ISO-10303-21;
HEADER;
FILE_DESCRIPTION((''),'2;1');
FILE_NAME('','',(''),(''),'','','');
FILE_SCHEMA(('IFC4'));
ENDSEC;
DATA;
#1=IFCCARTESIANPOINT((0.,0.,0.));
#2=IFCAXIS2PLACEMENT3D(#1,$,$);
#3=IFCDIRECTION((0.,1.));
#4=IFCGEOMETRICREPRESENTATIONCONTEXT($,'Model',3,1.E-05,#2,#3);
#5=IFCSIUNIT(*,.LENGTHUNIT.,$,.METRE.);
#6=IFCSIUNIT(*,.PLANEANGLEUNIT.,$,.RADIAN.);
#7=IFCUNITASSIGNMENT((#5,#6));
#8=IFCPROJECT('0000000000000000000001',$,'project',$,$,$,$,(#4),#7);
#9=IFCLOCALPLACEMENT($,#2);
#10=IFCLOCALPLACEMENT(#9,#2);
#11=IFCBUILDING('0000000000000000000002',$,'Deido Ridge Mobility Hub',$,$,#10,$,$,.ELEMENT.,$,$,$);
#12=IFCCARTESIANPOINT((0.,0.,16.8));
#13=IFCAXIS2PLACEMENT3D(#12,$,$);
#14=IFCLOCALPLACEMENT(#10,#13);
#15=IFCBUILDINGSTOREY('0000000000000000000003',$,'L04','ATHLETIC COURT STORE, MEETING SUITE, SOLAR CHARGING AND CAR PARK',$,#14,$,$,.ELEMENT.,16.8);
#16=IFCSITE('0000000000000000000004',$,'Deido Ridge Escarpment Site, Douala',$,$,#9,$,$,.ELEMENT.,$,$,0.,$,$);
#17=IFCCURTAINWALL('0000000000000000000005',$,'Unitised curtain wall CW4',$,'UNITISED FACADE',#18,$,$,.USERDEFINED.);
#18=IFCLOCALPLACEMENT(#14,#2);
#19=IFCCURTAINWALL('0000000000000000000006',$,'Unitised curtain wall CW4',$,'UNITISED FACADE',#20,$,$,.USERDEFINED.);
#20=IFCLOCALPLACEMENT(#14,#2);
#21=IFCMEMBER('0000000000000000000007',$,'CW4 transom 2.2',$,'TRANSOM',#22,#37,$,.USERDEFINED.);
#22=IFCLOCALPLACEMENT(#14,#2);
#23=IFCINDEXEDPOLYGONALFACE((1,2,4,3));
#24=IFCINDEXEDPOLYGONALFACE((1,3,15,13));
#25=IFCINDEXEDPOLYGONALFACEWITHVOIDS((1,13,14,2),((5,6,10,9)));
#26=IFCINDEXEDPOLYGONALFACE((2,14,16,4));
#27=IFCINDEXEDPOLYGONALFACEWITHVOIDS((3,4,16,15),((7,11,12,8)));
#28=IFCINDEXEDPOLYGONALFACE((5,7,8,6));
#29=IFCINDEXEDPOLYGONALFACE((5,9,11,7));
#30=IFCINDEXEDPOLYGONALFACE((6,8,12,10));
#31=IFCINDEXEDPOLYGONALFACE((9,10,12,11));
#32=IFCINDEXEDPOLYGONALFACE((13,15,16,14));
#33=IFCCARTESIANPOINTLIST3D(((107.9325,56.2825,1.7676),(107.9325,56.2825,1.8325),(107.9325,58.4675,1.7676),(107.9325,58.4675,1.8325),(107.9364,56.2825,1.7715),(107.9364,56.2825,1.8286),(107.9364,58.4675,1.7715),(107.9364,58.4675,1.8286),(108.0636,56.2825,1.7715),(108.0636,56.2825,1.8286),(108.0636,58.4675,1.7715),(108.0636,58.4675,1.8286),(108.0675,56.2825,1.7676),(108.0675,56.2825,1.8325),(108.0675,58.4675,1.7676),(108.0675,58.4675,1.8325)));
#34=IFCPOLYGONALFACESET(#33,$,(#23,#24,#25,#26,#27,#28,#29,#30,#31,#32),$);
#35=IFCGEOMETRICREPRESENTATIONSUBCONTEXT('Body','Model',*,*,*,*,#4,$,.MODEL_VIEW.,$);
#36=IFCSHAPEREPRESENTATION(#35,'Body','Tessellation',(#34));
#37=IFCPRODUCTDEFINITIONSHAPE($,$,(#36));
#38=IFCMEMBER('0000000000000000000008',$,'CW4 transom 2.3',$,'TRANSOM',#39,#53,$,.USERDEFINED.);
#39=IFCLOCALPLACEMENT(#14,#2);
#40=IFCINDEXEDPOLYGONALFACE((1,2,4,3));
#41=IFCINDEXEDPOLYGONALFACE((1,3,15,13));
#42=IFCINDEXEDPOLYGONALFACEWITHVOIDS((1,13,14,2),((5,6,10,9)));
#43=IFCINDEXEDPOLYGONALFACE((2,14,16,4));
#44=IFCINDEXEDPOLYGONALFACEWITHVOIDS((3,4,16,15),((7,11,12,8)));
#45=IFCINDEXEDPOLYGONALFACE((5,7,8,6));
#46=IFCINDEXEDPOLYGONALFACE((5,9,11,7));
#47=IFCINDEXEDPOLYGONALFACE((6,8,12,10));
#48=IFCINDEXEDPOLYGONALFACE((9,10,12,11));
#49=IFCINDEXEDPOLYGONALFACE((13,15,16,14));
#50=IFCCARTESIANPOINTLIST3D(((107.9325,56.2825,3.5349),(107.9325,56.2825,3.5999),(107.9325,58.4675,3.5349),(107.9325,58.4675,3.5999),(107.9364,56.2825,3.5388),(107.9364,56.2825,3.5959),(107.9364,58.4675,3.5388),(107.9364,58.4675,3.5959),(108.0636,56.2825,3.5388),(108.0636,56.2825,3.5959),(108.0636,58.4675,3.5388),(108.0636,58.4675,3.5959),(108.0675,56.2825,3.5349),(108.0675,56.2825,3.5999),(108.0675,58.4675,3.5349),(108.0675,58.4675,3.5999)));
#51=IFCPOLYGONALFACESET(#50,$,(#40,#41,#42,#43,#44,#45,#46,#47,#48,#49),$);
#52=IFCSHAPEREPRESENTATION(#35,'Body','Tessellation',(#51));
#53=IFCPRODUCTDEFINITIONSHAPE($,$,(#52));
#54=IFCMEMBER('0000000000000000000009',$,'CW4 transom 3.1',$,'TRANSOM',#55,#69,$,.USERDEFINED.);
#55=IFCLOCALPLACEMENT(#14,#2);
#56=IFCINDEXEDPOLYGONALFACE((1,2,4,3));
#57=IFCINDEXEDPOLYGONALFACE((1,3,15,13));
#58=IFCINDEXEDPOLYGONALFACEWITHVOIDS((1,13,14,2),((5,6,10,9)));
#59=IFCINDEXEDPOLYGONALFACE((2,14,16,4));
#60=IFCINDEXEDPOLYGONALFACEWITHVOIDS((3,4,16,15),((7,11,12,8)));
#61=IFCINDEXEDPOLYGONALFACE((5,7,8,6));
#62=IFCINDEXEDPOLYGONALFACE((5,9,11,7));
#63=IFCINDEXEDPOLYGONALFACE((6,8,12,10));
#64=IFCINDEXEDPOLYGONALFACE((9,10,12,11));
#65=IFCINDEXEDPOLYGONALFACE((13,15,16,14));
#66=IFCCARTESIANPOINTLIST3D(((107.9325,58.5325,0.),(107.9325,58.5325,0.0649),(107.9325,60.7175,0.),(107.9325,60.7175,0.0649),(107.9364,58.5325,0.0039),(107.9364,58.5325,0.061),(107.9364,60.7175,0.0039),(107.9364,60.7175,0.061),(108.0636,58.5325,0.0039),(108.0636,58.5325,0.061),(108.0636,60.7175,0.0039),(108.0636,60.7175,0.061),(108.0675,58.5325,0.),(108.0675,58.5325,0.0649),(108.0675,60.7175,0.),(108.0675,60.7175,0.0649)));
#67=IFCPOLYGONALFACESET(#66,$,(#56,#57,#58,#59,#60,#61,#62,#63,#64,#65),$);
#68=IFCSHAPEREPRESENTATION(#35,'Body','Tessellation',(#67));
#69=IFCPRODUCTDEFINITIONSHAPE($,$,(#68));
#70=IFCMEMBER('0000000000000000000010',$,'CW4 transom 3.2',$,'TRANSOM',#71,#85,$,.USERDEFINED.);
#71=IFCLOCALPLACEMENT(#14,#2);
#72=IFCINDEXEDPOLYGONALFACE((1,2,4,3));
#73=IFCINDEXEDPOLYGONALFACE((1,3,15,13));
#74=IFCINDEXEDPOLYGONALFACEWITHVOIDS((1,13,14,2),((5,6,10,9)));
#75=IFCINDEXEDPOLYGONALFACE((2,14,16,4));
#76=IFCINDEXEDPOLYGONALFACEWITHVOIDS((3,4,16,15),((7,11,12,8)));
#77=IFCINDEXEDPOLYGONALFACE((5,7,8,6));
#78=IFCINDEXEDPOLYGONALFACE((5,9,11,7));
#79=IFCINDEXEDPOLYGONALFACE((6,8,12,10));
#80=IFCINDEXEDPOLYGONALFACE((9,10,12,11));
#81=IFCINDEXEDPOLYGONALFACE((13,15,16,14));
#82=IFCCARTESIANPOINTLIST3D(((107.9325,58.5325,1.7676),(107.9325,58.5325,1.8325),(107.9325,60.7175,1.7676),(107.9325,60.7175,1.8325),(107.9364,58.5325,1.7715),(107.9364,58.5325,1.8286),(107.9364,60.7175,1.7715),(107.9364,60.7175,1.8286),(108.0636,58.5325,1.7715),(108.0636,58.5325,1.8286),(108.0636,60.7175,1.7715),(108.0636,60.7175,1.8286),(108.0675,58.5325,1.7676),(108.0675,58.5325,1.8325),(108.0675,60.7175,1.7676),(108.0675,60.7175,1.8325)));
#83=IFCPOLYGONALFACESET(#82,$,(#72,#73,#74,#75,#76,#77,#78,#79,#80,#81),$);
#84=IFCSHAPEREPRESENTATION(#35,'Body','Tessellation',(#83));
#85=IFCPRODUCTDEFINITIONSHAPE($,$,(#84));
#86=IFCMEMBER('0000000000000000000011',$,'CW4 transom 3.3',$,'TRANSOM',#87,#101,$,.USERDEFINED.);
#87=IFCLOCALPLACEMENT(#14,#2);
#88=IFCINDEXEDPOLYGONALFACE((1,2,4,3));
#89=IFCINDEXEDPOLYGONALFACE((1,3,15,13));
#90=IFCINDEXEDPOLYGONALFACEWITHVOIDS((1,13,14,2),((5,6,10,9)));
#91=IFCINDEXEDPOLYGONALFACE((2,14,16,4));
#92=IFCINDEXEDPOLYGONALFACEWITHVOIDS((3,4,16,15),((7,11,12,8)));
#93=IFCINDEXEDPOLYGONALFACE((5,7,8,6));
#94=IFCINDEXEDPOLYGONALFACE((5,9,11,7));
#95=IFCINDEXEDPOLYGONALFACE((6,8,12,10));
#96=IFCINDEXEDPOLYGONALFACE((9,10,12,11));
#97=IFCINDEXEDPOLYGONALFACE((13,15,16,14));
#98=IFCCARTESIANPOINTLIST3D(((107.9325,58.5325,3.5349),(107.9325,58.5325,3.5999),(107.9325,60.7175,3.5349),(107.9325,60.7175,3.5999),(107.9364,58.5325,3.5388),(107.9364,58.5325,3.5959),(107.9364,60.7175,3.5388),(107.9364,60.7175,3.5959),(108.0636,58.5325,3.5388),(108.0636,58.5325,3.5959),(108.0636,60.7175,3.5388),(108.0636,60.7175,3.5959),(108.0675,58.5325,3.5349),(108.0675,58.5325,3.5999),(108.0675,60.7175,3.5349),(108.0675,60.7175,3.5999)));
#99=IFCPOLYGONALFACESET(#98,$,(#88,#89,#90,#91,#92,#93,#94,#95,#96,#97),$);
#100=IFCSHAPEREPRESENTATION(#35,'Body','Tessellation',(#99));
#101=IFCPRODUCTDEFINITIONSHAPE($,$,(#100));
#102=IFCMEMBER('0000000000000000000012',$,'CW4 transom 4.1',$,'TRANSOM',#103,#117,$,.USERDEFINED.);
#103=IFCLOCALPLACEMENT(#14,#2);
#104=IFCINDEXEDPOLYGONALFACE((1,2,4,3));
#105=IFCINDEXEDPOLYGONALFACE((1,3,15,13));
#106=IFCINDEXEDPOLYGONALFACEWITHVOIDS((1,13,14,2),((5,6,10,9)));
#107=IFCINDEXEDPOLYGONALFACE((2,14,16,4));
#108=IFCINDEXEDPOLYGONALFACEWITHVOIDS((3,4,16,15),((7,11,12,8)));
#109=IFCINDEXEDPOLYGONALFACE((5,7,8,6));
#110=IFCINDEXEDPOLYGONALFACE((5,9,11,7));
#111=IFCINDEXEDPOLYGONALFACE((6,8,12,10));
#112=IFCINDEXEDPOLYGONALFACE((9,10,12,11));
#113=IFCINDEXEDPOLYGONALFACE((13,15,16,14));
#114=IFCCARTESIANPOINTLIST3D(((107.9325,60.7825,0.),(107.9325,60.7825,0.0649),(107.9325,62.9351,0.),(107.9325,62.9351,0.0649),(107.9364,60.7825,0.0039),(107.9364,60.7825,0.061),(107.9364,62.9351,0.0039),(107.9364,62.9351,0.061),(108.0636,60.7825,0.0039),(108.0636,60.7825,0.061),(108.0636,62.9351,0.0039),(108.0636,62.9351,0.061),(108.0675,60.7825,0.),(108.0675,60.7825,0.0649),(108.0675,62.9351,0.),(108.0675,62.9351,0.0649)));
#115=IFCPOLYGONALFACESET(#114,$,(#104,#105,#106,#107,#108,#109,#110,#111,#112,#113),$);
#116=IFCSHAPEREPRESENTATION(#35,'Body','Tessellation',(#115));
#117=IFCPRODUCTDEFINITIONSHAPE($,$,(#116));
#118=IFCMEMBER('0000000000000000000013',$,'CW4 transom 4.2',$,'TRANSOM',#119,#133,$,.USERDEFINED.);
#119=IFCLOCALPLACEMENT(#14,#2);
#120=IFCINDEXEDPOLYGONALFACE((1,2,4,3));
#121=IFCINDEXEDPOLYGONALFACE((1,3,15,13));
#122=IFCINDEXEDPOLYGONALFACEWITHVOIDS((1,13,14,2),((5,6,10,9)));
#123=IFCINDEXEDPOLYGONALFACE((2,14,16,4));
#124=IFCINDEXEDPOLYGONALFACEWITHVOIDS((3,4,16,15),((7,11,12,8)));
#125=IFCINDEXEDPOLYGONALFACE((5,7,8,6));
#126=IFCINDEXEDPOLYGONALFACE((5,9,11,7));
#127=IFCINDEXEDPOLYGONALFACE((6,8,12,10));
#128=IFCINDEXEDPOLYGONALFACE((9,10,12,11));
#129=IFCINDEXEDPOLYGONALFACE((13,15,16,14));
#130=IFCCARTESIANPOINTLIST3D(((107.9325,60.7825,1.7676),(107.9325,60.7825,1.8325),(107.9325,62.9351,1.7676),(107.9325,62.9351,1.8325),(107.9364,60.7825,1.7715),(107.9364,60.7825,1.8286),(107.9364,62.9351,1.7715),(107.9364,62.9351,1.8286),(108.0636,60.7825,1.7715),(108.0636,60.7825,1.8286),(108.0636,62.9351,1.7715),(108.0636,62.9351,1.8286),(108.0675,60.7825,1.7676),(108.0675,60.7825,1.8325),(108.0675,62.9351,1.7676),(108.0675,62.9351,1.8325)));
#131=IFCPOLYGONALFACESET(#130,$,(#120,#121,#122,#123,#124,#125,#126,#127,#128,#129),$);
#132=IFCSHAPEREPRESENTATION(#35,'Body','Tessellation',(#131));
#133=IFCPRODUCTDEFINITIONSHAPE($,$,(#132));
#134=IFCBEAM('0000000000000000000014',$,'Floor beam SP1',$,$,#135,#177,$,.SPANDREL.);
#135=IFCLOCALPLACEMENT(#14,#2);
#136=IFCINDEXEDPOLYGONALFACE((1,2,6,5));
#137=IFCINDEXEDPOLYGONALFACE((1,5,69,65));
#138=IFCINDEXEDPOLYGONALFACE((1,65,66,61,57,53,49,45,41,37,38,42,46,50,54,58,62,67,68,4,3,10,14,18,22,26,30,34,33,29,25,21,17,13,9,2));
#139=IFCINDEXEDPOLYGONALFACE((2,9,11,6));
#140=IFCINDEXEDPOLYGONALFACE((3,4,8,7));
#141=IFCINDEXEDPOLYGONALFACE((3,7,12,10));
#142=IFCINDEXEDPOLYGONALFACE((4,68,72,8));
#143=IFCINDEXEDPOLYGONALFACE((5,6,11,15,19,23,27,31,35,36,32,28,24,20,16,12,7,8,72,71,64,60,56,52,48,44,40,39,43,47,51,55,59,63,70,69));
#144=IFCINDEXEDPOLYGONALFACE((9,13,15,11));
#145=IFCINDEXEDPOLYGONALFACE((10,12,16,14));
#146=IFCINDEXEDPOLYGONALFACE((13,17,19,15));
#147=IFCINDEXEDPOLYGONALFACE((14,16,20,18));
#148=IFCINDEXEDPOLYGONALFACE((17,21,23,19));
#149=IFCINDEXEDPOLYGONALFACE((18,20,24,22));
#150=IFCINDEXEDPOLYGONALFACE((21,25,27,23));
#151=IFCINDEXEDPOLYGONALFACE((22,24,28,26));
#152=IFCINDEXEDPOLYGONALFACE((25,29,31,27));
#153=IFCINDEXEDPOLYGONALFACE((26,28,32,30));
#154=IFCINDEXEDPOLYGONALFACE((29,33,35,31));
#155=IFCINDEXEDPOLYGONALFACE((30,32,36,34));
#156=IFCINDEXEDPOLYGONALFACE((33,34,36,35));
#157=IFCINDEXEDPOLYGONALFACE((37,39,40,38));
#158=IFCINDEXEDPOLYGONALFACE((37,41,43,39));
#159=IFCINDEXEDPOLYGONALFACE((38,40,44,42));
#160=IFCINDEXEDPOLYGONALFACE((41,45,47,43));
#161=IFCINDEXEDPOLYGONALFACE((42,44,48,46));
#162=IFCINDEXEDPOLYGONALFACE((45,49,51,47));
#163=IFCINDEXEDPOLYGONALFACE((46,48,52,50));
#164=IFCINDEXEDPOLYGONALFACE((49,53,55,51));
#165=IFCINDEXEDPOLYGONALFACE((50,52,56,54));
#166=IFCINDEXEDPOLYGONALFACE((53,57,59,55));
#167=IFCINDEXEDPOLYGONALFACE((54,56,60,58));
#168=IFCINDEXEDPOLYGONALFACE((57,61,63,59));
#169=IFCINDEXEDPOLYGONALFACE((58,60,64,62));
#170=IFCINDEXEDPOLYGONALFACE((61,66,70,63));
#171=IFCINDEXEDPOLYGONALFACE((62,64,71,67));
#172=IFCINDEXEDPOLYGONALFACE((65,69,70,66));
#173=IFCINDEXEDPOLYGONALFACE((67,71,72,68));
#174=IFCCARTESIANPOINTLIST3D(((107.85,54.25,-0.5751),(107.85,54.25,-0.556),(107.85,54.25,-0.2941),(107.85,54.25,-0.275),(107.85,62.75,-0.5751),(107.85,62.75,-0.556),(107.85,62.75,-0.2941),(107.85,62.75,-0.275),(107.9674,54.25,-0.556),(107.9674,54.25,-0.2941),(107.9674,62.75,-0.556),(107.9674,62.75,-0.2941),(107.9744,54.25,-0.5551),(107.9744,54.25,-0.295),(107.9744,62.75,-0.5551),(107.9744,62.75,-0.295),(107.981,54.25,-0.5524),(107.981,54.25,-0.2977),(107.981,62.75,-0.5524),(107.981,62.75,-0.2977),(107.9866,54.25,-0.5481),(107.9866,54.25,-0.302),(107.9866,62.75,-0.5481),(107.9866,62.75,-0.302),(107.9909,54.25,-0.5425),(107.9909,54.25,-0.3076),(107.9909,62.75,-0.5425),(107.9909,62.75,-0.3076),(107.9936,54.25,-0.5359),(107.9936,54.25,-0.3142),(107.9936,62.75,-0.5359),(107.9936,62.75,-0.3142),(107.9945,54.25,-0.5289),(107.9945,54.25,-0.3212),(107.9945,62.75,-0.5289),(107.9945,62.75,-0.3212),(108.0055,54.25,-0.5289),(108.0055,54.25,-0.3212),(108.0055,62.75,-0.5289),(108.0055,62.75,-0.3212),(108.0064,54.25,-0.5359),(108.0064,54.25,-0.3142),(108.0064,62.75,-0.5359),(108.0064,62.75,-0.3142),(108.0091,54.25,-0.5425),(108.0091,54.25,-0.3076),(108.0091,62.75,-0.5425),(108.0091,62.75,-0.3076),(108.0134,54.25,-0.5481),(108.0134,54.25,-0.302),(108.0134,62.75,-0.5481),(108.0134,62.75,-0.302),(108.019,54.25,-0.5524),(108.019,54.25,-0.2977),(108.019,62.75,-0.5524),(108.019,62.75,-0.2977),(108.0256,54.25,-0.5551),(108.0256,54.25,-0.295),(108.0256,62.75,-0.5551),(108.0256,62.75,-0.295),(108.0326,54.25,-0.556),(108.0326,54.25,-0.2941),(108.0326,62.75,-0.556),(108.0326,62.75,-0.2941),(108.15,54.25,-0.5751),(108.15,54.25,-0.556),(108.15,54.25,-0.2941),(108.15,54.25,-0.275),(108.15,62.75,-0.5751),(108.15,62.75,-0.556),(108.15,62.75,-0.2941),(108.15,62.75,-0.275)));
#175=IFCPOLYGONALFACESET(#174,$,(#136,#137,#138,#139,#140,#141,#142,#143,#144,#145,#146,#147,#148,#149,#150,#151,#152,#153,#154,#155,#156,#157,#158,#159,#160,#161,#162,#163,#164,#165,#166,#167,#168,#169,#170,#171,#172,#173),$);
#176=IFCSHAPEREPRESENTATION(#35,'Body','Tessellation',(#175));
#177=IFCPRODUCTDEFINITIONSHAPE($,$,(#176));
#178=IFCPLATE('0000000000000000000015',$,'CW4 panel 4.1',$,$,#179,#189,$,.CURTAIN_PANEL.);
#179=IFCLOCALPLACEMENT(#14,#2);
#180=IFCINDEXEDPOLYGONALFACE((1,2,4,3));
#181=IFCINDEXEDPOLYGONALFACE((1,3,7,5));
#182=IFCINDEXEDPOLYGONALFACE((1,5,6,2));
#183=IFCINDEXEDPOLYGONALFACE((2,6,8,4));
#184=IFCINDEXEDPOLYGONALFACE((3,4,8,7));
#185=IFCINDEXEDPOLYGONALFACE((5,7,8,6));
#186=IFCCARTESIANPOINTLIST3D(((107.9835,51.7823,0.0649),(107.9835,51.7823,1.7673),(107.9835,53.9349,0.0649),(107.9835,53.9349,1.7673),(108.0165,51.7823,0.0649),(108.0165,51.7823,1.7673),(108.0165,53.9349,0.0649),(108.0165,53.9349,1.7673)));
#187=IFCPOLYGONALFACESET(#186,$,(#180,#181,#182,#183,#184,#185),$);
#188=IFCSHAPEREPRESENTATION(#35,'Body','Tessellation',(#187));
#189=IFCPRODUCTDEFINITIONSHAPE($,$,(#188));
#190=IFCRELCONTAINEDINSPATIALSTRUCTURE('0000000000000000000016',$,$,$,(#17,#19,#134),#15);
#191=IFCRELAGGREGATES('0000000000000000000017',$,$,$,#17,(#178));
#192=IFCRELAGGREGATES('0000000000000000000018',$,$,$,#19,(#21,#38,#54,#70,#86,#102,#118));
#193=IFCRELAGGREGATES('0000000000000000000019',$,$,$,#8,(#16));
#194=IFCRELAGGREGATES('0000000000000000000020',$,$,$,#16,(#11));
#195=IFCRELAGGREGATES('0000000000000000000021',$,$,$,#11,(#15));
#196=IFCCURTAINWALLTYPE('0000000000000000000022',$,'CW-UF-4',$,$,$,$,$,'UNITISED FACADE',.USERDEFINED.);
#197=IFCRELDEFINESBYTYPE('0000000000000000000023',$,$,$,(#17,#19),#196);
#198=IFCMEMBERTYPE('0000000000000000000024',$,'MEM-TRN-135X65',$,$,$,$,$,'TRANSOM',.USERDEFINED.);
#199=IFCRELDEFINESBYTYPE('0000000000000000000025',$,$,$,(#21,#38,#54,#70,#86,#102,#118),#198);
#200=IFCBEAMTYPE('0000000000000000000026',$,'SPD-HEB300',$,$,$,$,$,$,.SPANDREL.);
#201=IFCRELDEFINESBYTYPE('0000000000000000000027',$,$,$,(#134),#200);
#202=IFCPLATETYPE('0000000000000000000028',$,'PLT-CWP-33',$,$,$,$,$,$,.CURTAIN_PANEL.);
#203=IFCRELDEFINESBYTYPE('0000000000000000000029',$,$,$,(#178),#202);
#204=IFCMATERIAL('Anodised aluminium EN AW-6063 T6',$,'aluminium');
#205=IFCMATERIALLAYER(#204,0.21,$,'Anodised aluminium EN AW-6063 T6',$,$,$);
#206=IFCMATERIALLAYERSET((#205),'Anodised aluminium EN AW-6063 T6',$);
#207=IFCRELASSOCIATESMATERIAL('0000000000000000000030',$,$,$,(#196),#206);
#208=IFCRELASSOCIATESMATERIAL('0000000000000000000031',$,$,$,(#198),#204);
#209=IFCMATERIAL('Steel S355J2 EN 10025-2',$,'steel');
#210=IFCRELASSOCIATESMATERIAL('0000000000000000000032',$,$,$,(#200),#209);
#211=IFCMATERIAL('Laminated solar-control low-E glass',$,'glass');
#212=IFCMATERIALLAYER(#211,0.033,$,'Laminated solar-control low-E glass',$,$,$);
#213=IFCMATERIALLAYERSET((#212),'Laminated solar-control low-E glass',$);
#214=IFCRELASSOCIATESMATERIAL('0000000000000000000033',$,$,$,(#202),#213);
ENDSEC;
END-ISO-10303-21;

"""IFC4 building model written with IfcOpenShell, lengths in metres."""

from ifc_helpers import new_model, si_unit, direction, frame, origin, origin_2d, place, context, subcontext, project, spatial, rectangle, hollow_rectangle, i_section, extrude, material, layer, layer_set, material_profile, profile_set, type_object, element, aggregate, save


model = new_model("IFC4")

# Units and contexts
model_context = context("Model", 3, precision=1e-05, world=origin(), true_north=direction((0.0, 1.0)))
body_context = subcontext(model_context, "Body", "Model", "MODEL_VIEW")
ifc_project = project(units=[si_unit("LENGTHUNIT", "METRE"), si_unit("PLANEANGLEUNIT", "RADIAN")], contexts=[model_context])

# Site, building, storey
site_placement = place(None, origin())
site = spatial("IfcSite", under=ifc_project, at=site_placement, Name="Deido Ridge Escarpment Site, Douala", CompositionType="ELEMENT", RefElevation=0.0)
building_placement = place(site_placement, origin())
building = spatial("IfcBuilding", under=site, at=building_placement, Name="Deido Ridge Mobility Hub", CompositionType="ELEMENT")
storey_placement = place(building_placement, frame((0.0, 0.0, 16.8)))
storey = spatial("IfcBuildingStorey", under=building, at=storey_placement, Name="L04", Description="ATHLETIC COURT STORE, MEETING SUITE, SOLAR CHARGING AND CAR PARK", CompositionType="ELEMENT", Elevation=16.8)

# Curtain wall
ifc_material_1 = material(Name="Anodised aluminium EN AW-6063 T6", Category="aluminium")
ifc_layer_1 = layer(ifc_material_1, 0.21, Name="Anodised aluminium EN AW-6063 T6")
ifc_layer_set_1 = layer_set([ifc_layer_1], Name="Anodised aluminium EN AW-6063 T6")
curtain_wall_type = type_object("IfcCurtainWallType", Name="CW-UF-4", ElementType="UNITISED FACADE", PredefinedType="USERDEFINED", material=ifc_layer_set_1)
curtain_wall_1_placement = place(storey_placement, origin())
curtain_wall_1 = element("IfcCurtainWall", 1, at=curtain_wall_1_placement, inside=storey, type_object=curtain_wall_type, Name="Unitised curtain wall CW4", ObjectType="UNITISED FACADE", PredefinedType="USERDEFINED")

# Curtain wall
curtain_wall_2_placement = place(storey_placement, origin())
curtain_wall_2 = element("IfcCurtainWall", 2, at=curtain_wall_2_placement, inside=storey, type_object=curtain_wall_type, Name="Unitised curtain wall CW4", ObjectType="UNITISED FACADE", PredefinedType="USERDEFINED")

# Members
ifc_material_profile_1 = material_profile(ifc_material_1, hollow_rectangle(XDim=0.135, YDim=0.0649, WallThickness=0.0039, at=origin_2d()), Name="RHS 135x65x4")
ifc_profile_set_1 = profile_set([ifc_material_profile_1], Name="Anodised aluminium EN AW-6063 T6")
member_type_1 = type_object("IfcMemberType", Name="MEM-TRN-135X65", ElementType="TRANSOM", PredefinedType="USERDEFINED", material=ifc_profile_set_1)
member_1_placement = place(storey_placement, frame((108.0, 56.2825, 1.8), z_axis=(0.0, 1.0, 0.0), x_axis=(-1.0, 0.0, 0.0)))
member_1 = element("IfcMember", 3, at=member_1_placement, type_object=member_type_1, Name="CW4 transom 2.2", ObjectType="TRANSOM", PredefinedType="USERDEFINED", context=body_context, shape_type="SweptSolid", body=[
    extrude(hollow_rectangle(XDim=0.135, YDim=0.0649, WallThickness=0.0039, at=origin_2d()), origin(), (0.0, 0.0, 1.0), 2.1851),
])
member_2_placement = place(storey_placement, frame((108.0, 56.2825, 3.5674), z_axis=(0.0, 1.0, 0.0), x_axis=(-1.0, 0.0, 0.0)))
member_2 = element("IfcMember", 4, at=member_2_placement, type_object=member_type_1, Name="CW4 transom 2.3", ObjectType="TRANSOM", PredefinedType="USERDEFINED", context=body_context, shape_type="SweptSolid", body=[
    extrude(hollow_rectangle(XDim=0.135, YDim=0.0649, WallThickness=0.0039, at=origin_2d()), origin(), (0.0, 0.0, 1.0), 2.1851),
])
member_3_placement = place(storey_placement, frame((108.0, 58.5325, 0.0325), z_axis=(0.0, 1.0, 0.0), x_axis=(-1.0, 0.0, 0.0)))
member_3 = element("IfcMember", 5, at=member_3_placement, type_object=member_type_1, Name="CW4 transom 3.1", ObjectType="TRANSOM", PredefinedType="USERDEFINED", context=body_context, shape_type="SweptSolid", body=[
    extrude(hollow_rectangle(XDim=0.135, YDim=0.0649, WallThickness=0.0039, at=origin_2d()), origin(), (0.0, 0.0, 1.0), 2.1851),
])
member_4_placement = place(storey_placement, frame((108.0, 58.5325, 1.8), z_axis=(0.0, 1.0, 0.0), x_axis=(-1.0, 0.0, 0.0)))
member_4 = element("IfcMember", 6, at=member_4_placement, type_object=member_type_1, Name="CW4 transom 3.2", ObjectType="TRANSOM", PredefinedType="USERDEFINED", context=body_context, shape_type="SweptSolid", body=[
    extrude(hollow_rectangle(XDim=0.135, YDim=0.0649, WallThickness=0.0039, at=origin_2d()), origin(), (0.0, 0.0, 1.0), 2.1851),
])
member_5_placement = place(storey_placement, frame((108.0, 58.5325, 3.5674), z_axis=(0.0, 1.0, 0.0), x_axis=(-1.0, 0.0, 0.0)))
member_5 = element("IfcMember", 7, at=member_5_placement, type_object=member_type_1, Name="CW4 transom 3.3", ObjectType="TRANSOM", PredefinedType="USERDEFINED", context=body_context, shape_type="SweptSolid", body=[
    extrude(hollow_rectangle(XDim=0.135, YDim=0.0649, WallThickness=0.0039, at=origin_2d()), origin(), (0.0, 0.0, 1.0), 2.1851),
])
member_6_placement = place(storey_placement, frame((108.0, 60.7825, 0.0325), z_axis=(0.0, 1.0, 0.0), x_axis=(-1.0, 0.0, 0.0)))
member_6 = element("IfcMember", 8, at=member_6_placement, type_object=member_type_1, Name="CW4 transom 4.1", ObjectType="TRANSOM", PredefinedType="USERDEFINED", context=body_context, shape_type="SweptSolid", body=[
    extrude(hollow_rectangle(XDim=0.135, YDim=0.0649, WallThickness=0.0039, at=origin_2d()), origin(), (0.0, 0.0, 1.0), 2.1526),
])
member_7_placement = place(storey_placement, frame((108.0, 60.7825, 1.8), z_axis=(0.0, 1.0, 0.0), x_axis=(-1.0, 0.0, 0.0)))
member_7 = element("IfcMember", 9, at=member_7_placement, type_object=member_type_1, Name="CW4 transom 4.2", ObjectType="TRANSOM", PredefinedType="USERDEFINED", context=body_context, shape_type="SweptSolid", body=[
    extrude(hollow_rectangle(XDim=0.135, YDim=0.0649, WallThickness=0.0039, at=origin_2d()), origin(), (0.0, 0.0, 1.0), 2.1526),
])

# Beam
ifc_material_2 = material(Name="Steel S355J2 EN 10025-2", Category="steel")
ifc_material_profile_2 = material_profile(ifc_material_2, i_section(OverallWidth=0.3, OverallDepth=0.3, WebThickness=0.011, FlangeThickness=0.019, FilletRadius=0.0271, at=origin_2d()), Name="HEB 300")
ifc_profile_set_2 = profile_set([ifc_material_profile_2], Name="Steel S355J2 EN 10025-2")
beam_type = type_object("IfcBeamType", Name="SPD-HEB300", PredefinedType="SPANDREL", material=ifc_profile_set_2)
beam_placement = place(storey_placement, frame((108.0, 54.25, -0.425), z_axis=(0.0, 1.0, 0.0), x_axis=(-1.0, 0.0, 0.0)))
element("IfcBeam", 10, at=beam_placement, inside=storey, type_object=beam_type, Name="Floor beam SP1", PredefinedType="SPANDREL", context=body_context, shape_type="SweptSolid", body=[
    extrude(i_section(OverallWidth=0.3, OverallDepth=0.3, WebThickness=0.011, FlangeThickness=0.019, FilletRadius=0.0271, at=origin_2d()), origin(), (0.0, 0.0, 1.0), 8.5),
])

# Plate
ifc_material_3 = material(Name="Laminated solar-control low-E glass", Category="glass")
ifc_layer_2 = layer(ifc_material_3, 0.033, Name="Laminated solar-control low-E glass")
ifc_layer_set_2 = layer_set([ifc_layer_2], Name="Laminated solar-control low-E glass")
plate_type = type_object("IfcPlateType", Name="PLT-CWP-33", PredefinedType="CURTAIN_PANEL", material=ifc_layer_set_2)
plate_1_placement = place(storey_placement, frame((108.0, 52.8586, 0.0649), z_axis=(0.0, 0.0, 1.0), x_axis=(0.0, 1.0, 0.0)))
plate_1 = element("IfcPlate", 11, at=plate_1_placement, type_object=plate_type, Name="CW4 panel 4.1", PredefinedType="CURTAIN_PANEL", context=body_context, shape_type="SweptSolid", body=[
    extrude(rectangle(XDim=2.1526, YDim=0.033, at=origin_2d()), origin(), (0.0, 0.0, 1.0), 1.7024),
])
aggregate(curtain_wall_1, [plate_1])
aggregate(curtain_wall_2, [member_1, member_2, member_3, member_4, member_5, member_6, member_7])

save(model, "model.ifc")
